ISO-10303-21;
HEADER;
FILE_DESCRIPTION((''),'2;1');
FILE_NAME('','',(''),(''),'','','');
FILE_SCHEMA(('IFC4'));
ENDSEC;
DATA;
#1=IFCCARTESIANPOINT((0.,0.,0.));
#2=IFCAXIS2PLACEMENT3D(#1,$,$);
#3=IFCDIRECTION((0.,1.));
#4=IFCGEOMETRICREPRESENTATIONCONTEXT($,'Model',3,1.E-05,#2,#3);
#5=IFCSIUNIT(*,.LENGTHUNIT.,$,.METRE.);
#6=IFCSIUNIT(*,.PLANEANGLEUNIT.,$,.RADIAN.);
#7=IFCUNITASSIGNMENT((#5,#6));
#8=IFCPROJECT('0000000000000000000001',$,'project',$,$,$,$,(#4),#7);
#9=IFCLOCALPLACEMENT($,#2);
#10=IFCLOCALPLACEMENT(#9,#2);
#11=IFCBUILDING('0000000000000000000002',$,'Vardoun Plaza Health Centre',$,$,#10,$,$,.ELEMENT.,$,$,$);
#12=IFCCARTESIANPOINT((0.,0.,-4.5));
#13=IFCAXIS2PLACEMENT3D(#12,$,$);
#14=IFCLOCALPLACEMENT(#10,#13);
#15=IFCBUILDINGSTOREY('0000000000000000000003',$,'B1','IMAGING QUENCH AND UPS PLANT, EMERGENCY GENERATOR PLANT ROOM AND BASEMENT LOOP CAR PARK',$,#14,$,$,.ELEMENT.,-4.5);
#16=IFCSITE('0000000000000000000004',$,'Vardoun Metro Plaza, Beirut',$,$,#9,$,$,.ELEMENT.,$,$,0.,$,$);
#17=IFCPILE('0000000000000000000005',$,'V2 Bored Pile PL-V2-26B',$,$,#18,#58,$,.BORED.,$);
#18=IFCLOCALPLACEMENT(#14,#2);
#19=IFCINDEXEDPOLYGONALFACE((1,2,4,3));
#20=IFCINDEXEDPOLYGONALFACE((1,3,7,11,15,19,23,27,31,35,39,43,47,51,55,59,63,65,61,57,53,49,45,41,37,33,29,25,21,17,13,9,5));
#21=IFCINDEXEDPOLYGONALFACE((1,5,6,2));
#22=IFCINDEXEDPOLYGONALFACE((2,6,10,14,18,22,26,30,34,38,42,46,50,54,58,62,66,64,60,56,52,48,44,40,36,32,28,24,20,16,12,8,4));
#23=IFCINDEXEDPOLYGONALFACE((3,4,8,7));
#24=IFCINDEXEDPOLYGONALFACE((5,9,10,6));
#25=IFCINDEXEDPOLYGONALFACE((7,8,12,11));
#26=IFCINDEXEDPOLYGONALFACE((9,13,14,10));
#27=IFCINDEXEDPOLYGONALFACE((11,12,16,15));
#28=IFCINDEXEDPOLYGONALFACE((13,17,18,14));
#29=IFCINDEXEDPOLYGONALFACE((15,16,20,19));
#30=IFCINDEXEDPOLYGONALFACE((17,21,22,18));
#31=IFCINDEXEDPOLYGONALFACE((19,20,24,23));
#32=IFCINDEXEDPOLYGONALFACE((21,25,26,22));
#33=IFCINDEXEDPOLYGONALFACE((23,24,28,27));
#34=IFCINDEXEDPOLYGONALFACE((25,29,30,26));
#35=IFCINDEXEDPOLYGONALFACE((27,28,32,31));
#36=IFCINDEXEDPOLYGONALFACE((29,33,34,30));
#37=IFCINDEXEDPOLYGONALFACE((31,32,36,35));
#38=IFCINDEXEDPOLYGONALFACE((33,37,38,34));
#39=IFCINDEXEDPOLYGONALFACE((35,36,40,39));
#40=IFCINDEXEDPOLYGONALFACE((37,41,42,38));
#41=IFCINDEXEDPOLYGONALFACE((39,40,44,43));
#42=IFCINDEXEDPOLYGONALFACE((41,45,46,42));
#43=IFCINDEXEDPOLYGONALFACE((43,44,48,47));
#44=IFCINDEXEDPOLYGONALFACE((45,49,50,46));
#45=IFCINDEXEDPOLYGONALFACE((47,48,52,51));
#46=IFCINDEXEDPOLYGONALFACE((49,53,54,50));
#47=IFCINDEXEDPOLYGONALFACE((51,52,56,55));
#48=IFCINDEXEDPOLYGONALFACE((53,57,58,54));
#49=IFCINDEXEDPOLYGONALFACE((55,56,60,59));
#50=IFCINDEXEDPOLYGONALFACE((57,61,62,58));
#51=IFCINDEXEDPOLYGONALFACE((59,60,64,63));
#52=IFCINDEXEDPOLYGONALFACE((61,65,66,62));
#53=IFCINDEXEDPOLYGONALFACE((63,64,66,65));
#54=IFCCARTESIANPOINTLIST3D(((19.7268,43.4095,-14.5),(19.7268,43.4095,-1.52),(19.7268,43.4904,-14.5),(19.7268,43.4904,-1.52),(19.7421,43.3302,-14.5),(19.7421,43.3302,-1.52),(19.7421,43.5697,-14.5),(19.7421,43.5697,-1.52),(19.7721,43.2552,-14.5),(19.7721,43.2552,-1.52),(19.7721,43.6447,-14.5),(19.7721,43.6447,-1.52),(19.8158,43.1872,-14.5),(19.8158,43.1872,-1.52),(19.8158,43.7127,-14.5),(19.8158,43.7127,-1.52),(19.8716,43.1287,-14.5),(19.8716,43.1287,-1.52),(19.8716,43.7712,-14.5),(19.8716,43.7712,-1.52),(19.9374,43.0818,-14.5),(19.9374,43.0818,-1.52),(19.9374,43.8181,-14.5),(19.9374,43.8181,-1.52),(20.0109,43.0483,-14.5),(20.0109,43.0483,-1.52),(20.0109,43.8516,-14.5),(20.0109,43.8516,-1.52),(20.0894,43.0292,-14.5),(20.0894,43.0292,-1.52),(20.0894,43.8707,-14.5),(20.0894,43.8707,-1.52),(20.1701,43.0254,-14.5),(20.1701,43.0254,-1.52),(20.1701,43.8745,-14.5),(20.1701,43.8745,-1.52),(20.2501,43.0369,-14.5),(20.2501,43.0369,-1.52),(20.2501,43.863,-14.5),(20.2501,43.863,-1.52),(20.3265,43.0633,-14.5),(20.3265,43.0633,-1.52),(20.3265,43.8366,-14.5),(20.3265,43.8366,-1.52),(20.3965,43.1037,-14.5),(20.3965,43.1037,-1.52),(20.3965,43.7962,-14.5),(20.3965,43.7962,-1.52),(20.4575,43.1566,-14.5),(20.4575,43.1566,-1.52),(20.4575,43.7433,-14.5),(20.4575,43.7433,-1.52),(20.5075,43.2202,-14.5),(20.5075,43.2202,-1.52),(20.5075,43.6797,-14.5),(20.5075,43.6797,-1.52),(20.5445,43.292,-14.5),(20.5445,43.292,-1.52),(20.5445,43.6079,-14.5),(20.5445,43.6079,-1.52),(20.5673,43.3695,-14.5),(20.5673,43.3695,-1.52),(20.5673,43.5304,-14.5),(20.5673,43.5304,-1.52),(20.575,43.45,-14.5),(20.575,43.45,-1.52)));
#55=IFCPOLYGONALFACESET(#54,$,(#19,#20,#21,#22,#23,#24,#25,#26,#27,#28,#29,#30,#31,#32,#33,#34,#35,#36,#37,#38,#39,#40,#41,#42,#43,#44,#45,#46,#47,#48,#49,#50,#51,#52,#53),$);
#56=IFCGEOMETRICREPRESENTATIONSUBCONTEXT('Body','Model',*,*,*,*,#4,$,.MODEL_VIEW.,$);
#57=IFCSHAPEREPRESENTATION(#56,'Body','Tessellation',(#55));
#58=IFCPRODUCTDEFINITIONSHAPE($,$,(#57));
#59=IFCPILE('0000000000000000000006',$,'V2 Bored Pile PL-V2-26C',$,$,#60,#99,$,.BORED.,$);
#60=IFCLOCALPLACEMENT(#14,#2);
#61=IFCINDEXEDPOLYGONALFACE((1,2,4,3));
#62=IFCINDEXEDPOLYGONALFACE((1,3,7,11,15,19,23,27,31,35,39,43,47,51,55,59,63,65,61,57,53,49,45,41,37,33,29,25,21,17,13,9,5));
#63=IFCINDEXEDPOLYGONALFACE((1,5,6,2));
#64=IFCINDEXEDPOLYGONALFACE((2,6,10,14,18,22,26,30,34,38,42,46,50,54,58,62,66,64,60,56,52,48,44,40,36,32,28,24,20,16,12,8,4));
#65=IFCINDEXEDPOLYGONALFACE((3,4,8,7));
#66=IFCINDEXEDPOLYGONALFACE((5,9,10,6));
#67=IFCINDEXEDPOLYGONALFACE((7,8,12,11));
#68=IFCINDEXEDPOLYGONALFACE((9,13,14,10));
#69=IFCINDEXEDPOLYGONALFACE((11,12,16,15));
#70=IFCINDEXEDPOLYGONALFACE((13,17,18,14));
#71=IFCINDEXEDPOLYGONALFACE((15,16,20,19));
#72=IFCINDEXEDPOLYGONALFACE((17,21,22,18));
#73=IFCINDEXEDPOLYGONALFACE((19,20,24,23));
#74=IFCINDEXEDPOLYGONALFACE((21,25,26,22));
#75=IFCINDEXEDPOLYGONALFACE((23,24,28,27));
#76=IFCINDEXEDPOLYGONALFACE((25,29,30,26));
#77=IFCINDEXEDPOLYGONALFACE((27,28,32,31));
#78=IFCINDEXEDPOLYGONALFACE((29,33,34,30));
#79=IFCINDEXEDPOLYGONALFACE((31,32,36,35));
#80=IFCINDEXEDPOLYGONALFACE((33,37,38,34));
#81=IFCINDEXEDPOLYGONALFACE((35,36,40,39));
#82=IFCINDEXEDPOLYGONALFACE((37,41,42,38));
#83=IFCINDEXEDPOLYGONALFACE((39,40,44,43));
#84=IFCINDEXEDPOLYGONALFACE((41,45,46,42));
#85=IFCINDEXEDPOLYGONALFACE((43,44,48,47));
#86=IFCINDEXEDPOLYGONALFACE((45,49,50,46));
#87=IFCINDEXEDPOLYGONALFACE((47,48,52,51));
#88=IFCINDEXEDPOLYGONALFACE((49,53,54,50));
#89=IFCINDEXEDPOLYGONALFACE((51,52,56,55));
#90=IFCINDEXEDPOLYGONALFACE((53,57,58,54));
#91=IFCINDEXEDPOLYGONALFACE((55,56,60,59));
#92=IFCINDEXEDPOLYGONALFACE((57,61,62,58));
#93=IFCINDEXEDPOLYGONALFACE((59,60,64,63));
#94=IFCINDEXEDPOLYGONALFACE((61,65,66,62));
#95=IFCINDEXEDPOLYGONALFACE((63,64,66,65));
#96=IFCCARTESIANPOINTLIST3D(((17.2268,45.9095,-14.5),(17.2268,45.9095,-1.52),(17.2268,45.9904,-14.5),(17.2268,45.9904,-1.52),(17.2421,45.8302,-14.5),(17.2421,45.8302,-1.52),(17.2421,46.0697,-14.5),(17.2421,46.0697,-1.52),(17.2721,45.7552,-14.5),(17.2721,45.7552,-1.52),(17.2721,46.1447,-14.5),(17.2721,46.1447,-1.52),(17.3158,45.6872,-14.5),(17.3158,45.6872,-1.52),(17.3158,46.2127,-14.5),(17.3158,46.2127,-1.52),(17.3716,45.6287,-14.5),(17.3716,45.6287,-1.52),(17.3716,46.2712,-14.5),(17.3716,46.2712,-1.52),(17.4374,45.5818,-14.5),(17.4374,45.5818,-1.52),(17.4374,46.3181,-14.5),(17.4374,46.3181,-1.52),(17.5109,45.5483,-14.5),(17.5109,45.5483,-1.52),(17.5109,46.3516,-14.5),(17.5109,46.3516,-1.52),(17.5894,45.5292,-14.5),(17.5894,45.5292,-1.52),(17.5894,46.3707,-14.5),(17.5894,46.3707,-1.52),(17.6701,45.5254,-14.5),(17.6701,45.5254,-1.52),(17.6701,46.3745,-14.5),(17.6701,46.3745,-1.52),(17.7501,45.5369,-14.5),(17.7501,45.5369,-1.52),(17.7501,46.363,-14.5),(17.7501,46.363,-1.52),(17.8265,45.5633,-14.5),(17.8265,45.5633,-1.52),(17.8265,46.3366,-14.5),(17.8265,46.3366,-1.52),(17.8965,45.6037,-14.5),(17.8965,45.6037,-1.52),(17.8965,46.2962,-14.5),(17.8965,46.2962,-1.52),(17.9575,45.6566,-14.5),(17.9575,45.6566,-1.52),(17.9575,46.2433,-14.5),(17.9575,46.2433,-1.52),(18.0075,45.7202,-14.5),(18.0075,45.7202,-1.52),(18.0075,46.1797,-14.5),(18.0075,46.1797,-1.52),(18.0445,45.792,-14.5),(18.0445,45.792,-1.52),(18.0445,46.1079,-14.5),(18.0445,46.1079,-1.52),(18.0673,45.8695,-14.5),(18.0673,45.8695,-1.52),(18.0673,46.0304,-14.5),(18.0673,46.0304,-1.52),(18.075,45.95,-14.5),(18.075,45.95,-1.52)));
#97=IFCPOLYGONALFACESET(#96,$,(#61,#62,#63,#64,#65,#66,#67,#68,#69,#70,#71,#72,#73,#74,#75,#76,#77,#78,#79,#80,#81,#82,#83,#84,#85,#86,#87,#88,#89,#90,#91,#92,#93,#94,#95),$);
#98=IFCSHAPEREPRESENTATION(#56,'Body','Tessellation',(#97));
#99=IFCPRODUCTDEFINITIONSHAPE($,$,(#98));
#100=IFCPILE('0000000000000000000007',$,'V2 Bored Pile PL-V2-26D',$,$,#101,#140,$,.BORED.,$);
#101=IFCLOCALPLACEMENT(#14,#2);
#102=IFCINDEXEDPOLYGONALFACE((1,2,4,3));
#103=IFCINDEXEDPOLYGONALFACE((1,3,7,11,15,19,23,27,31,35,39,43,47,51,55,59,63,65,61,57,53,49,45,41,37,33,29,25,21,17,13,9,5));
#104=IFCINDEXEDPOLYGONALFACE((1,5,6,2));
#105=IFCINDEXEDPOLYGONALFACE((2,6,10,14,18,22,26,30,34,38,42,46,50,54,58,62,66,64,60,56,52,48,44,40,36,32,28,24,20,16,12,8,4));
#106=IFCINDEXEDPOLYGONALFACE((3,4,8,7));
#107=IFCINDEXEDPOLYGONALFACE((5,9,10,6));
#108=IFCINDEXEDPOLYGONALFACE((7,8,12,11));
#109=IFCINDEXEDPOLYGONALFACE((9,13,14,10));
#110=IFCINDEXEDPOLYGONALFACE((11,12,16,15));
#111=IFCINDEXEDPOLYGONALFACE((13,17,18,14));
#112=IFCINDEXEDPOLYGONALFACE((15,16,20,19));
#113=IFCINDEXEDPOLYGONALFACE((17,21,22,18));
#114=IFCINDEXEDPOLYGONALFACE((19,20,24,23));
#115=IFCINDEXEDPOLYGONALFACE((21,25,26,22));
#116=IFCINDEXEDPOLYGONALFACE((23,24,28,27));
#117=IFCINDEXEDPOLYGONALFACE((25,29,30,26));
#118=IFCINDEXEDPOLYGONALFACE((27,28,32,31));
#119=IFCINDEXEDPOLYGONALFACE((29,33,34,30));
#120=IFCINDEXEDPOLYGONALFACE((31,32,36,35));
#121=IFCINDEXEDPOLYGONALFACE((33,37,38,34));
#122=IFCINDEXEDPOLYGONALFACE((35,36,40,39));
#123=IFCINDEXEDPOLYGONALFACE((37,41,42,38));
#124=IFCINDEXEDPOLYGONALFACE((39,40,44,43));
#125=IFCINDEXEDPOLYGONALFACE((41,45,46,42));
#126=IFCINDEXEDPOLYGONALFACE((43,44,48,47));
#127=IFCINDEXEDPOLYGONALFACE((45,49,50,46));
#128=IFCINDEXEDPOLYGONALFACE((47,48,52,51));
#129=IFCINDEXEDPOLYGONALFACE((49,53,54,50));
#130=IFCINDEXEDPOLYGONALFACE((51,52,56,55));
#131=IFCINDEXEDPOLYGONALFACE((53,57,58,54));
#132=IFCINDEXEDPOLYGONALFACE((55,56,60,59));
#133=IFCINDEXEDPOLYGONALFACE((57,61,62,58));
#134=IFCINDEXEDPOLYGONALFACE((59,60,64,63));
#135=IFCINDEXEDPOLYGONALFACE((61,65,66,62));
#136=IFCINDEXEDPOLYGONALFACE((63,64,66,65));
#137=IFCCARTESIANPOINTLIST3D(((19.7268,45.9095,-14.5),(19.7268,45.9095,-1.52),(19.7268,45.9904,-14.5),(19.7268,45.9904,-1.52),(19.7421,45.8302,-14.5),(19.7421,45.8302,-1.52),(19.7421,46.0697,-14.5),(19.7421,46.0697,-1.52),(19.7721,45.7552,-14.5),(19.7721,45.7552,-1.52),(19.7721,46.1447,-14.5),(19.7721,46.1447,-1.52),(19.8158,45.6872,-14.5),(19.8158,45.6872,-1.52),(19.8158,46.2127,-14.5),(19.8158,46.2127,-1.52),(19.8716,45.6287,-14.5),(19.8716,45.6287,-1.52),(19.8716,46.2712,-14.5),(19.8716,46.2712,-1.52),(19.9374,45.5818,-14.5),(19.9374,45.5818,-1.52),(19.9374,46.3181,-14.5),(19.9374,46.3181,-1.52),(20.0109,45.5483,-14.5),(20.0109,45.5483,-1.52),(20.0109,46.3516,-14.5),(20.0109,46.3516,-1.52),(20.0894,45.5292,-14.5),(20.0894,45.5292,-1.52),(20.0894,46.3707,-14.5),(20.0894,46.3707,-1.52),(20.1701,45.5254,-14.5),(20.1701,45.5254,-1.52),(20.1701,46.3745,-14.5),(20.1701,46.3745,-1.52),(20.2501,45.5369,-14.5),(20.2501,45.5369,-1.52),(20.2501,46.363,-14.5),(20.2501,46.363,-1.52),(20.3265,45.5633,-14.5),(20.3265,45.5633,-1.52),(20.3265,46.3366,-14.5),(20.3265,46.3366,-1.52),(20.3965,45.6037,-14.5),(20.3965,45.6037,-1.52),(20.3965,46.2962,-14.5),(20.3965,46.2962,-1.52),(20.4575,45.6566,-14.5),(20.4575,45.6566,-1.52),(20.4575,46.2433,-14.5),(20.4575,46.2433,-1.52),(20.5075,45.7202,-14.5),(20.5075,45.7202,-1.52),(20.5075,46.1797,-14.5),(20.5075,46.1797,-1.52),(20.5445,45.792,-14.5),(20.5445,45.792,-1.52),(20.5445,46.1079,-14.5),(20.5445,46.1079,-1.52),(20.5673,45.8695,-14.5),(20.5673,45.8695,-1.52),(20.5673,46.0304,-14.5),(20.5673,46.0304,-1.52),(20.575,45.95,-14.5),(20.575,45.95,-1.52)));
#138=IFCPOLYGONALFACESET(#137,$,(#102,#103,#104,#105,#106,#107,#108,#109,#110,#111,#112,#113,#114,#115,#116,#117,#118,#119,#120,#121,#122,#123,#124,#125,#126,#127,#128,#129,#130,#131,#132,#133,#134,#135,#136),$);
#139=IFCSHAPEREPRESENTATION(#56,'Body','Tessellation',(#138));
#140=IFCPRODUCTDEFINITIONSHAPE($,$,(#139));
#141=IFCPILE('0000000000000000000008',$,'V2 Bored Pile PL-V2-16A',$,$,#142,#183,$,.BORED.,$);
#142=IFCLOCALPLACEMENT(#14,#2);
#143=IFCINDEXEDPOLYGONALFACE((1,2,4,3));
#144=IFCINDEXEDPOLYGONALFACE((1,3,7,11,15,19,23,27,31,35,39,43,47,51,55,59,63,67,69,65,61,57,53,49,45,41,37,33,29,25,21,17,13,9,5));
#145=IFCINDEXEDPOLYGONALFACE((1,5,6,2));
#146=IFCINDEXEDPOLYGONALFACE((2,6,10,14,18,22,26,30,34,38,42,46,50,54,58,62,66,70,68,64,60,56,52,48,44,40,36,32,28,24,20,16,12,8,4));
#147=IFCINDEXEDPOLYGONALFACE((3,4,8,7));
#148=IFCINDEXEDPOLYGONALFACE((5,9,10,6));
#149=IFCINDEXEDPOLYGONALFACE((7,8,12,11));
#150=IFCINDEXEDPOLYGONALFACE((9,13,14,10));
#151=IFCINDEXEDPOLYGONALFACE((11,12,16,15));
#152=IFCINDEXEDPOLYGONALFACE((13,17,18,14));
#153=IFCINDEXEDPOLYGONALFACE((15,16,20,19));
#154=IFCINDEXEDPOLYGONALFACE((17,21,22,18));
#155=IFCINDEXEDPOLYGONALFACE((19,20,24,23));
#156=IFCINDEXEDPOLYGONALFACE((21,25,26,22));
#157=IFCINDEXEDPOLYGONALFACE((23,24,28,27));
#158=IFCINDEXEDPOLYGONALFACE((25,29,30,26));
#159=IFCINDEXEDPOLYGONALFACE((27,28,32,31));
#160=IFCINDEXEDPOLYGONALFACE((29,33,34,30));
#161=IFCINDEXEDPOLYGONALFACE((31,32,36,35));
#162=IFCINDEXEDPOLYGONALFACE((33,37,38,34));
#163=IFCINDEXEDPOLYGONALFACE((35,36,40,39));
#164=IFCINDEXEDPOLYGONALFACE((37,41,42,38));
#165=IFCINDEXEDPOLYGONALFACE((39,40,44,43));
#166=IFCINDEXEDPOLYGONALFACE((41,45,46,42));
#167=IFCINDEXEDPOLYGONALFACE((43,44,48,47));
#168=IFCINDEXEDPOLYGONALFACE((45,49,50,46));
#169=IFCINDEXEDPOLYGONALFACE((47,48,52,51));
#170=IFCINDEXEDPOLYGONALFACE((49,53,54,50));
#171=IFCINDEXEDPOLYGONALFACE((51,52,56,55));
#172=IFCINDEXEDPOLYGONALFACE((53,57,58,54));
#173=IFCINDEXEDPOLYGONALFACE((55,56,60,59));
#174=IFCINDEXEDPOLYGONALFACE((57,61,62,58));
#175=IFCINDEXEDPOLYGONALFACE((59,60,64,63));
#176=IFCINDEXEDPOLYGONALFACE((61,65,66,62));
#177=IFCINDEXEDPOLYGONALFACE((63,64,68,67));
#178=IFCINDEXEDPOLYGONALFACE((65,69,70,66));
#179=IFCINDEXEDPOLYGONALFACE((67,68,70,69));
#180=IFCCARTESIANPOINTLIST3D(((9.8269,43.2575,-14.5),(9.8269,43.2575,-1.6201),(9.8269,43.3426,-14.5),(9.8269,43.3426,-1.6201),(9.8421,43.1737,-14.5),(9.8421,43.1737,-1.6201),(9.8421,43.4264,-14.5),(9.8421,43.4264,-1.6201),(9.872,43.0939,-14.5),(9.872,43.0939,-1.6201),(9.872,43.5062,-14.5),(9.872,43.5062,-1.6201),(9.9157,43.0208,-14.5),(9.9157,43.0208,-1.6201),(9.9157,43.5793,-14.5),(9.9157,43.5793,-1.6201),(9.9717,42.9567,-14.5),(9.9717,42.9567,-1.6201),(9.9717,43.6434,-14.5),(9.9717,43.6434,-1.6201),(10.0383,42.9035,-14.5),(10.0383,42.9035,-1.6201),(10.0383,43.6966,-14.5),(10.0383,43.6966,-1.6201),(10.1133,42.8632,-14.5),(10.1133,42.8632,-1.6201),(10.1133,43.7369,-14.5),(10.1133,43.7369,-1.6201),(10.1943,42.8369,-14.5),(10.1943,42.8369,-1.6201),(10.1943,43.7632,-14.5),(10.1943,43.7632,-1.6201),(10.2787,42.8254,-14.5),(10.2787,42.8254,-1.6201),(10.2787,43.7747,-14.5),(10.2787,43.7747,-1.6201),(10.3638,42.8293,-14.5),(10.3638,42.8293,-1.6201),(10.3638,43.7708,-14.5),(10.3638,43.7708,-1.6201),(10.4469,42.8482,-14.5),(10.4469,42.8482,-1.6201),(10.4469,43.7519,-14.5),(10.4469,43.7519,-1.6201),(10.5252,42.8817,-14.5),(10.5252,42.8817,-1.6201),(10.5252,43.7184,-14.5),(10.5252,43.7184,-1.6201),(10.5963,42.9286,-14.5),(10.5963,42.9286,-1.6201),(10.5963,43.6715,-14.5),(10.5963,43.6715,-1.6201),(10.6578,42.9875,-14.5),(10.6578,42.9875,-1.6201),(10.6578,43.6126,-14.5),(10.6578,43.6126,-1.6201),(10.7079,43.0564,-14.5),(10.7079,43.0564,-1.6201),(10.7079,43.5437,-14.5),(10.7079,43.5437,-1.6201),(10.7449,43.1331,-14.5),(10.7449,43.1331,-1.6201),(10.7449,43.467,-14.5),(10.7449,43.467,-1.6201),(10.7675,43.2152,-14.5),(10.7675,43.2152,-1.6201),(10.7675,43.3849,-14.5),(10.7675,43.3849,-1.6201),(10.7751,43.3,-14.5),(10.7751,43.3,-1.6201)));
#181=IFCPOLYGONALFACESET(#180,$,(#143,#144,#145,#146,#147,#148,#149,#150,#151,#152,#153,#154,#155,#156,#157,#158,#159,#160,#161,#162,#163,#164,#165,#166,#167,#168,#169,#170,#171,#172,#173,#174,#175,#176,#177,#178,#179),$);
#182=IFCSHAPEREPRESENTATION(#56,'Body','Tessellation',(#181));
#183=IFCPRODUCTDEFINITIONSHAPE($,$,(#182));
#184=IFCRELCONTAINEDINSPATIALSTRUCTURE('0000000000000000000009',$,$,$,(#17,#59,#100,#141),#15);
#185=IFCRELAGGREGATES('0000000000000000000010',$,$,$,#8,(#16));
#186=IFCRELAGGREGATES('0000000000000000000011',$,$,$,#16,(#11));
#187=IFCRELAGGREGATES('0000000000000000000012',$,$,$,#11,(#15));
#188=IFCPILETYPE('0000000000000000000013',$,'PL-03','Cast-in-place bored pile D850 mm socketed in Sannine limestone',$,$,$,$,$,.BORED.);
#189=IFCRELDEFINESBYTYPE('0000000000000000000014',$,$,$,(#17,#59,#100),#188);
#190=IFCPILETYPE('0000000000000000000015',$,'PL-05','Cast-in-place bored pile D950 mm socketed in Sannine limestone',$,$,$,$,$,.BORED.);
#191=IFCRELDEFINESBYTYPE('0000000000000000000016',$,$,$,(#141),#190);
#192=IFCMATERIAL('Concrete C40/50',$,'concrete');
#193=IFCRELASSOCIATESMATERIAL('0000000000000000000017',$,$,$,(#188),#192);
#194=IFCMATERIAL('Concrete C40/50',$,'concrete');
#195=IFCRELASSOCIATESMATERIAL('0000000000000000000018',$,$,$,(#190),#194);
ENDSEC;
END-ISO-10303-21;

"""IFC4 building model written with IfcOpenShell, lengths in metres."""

from ifc_helpers import new_model, si_unit, direction, frame, origin, origin_2d, place, context, subcontext, project, spatial, circle, extrude, material, material_profile, profile_set, type_object, element, save


model = new_model("IFC4")

# Units and contexts
model_context = context("Model", 3, precision=1e-05, world=origin(), true_north=direction((0.0, 1.0)))
body_context = subcontext(model_context, "Body", "Model", "MODEL_VIEW")
ifc_project = project(units=[si_unit("LENGTHUNIT", "METRE"), si_unit("PLANEANGLEUNIT", "RADIAN")], contexts=[model_context])

# Site, building, storey
site_placement = place(None, origin())
site = spatial("IfcSite", under=ifc_project, at=site_placement, Name="Vardoun Metro Plaza, Beirut", CompositionType="ELEMENT", RefElevation=0.0)
building_placement = place(site_placement, origin())
building = spatial("IfcBuilding", under=site, at=building_placement, Name="Vardoun Plaza Health Centre", CompositionType="ELEMENT")
storey_placement = place(building_placement, frame((0.0, 0.0, -4.5)))
storey = spatial("IfcBuildingStorey", under=building, at=storey_placement, Name="B1", Description="IMAGING QUENCH AND UPS PLANT, EMERGENCY GENERATOR PLANT ROOM AND BASEMENT LOOP CAR PARK", CompositionType="ELEMENT", Elevation=-4.5)

# Piles
ifc_material_1 = material(Name="Concrete C40/50", Category="concrete")
ifc_material_profile_1 = material_profile(ifc_material_1, circle(Radius=0.425, at=origin_2d()), Name="PILE D850")
ifc_profile_set_1 = profile_set([ifc_material_profile_1], Name="Concrete C40/50")
pile_type_1 = type_object("IfcPileType", Name="PL-03", Description="Cast-in-place bored pile D850 mm socketed in Sannine limestone", PredefinedType="BORED", material=ifc_profile_set_1)
for number, where, z_axis, x_axis, name in (
    (1, (20.1499, 43.45, -1.52), (0.0, 0.0, -1.0), (1.0, 0.0, 0.0), "V2 Bored Pile PL-V2-26B"),
    (2, (17.6499, 45.95, -1.52), (0.0, 0.0, -1.0), (1.0, 0.0, 0.0), "V2 Bored Pile PL-V2-26C"),
    (3, (20.1499, 45.95, -1.52), (0.0, 0.0, -1.0), (1.0, 0.0, 0.0), "V2 Bored Pile PL-V2-26D"),
):
    element("IfcPile", number, at=place(storey_placement, frame(where, z_axis=z_axis, x_axis=x_axis)), inside=storey, type_object=pile_type_1, Name=name, PredefinedType="BORED", context=body_context, shape_type="SweptSolid", body=[
        extrude(circle(Radius=0.425, at=origin_2d()), origin(), (0.0, 0.0, 1.0), 12.98),
    ])
ifc_material_2 = material(Name="Concrete C40/50", Category="concrete")
ifc_material_profile_2 = material_profile(ifc_material_2, circle(Radius=0.4751, at=origin_2d()), Name="PILE D950")
ifc_profile_set_2 = profile_set([ifc_material_profile_2], Name="Concrete C40/50")
pile_type_2 = type_object("IfcPileType", Name="PL-05", Description="Cast-in-place bored pile D950 mm socketed in Sannine limestone", PredefinedType="BORED", material=ifc_profile_set_2)
for number, where, z_axis, x_axis, name in (
    (4, (10.3, 43.3, -1.6201), (0.0, 0.0, -1.0), (1.0, 0.0, 0.0), "V2 Bored Pile PL-V2-16A"),
):
    element("IfcPile", number, at=place(storey_placement, frame(where, z_axis=z_axis, x_axis=x_axis)), inside=storey, type_object=pile_type_2, Name=name, PredefinedType="BORED", context=body_context, shape_type="SweptSolid", body=[
        extrude(circle(Radius=0.4751, at=origin_2d()), origin(), (0.0, 0.0, 1.0), 12.8799),
    ])

save(model, "model.ifc")
